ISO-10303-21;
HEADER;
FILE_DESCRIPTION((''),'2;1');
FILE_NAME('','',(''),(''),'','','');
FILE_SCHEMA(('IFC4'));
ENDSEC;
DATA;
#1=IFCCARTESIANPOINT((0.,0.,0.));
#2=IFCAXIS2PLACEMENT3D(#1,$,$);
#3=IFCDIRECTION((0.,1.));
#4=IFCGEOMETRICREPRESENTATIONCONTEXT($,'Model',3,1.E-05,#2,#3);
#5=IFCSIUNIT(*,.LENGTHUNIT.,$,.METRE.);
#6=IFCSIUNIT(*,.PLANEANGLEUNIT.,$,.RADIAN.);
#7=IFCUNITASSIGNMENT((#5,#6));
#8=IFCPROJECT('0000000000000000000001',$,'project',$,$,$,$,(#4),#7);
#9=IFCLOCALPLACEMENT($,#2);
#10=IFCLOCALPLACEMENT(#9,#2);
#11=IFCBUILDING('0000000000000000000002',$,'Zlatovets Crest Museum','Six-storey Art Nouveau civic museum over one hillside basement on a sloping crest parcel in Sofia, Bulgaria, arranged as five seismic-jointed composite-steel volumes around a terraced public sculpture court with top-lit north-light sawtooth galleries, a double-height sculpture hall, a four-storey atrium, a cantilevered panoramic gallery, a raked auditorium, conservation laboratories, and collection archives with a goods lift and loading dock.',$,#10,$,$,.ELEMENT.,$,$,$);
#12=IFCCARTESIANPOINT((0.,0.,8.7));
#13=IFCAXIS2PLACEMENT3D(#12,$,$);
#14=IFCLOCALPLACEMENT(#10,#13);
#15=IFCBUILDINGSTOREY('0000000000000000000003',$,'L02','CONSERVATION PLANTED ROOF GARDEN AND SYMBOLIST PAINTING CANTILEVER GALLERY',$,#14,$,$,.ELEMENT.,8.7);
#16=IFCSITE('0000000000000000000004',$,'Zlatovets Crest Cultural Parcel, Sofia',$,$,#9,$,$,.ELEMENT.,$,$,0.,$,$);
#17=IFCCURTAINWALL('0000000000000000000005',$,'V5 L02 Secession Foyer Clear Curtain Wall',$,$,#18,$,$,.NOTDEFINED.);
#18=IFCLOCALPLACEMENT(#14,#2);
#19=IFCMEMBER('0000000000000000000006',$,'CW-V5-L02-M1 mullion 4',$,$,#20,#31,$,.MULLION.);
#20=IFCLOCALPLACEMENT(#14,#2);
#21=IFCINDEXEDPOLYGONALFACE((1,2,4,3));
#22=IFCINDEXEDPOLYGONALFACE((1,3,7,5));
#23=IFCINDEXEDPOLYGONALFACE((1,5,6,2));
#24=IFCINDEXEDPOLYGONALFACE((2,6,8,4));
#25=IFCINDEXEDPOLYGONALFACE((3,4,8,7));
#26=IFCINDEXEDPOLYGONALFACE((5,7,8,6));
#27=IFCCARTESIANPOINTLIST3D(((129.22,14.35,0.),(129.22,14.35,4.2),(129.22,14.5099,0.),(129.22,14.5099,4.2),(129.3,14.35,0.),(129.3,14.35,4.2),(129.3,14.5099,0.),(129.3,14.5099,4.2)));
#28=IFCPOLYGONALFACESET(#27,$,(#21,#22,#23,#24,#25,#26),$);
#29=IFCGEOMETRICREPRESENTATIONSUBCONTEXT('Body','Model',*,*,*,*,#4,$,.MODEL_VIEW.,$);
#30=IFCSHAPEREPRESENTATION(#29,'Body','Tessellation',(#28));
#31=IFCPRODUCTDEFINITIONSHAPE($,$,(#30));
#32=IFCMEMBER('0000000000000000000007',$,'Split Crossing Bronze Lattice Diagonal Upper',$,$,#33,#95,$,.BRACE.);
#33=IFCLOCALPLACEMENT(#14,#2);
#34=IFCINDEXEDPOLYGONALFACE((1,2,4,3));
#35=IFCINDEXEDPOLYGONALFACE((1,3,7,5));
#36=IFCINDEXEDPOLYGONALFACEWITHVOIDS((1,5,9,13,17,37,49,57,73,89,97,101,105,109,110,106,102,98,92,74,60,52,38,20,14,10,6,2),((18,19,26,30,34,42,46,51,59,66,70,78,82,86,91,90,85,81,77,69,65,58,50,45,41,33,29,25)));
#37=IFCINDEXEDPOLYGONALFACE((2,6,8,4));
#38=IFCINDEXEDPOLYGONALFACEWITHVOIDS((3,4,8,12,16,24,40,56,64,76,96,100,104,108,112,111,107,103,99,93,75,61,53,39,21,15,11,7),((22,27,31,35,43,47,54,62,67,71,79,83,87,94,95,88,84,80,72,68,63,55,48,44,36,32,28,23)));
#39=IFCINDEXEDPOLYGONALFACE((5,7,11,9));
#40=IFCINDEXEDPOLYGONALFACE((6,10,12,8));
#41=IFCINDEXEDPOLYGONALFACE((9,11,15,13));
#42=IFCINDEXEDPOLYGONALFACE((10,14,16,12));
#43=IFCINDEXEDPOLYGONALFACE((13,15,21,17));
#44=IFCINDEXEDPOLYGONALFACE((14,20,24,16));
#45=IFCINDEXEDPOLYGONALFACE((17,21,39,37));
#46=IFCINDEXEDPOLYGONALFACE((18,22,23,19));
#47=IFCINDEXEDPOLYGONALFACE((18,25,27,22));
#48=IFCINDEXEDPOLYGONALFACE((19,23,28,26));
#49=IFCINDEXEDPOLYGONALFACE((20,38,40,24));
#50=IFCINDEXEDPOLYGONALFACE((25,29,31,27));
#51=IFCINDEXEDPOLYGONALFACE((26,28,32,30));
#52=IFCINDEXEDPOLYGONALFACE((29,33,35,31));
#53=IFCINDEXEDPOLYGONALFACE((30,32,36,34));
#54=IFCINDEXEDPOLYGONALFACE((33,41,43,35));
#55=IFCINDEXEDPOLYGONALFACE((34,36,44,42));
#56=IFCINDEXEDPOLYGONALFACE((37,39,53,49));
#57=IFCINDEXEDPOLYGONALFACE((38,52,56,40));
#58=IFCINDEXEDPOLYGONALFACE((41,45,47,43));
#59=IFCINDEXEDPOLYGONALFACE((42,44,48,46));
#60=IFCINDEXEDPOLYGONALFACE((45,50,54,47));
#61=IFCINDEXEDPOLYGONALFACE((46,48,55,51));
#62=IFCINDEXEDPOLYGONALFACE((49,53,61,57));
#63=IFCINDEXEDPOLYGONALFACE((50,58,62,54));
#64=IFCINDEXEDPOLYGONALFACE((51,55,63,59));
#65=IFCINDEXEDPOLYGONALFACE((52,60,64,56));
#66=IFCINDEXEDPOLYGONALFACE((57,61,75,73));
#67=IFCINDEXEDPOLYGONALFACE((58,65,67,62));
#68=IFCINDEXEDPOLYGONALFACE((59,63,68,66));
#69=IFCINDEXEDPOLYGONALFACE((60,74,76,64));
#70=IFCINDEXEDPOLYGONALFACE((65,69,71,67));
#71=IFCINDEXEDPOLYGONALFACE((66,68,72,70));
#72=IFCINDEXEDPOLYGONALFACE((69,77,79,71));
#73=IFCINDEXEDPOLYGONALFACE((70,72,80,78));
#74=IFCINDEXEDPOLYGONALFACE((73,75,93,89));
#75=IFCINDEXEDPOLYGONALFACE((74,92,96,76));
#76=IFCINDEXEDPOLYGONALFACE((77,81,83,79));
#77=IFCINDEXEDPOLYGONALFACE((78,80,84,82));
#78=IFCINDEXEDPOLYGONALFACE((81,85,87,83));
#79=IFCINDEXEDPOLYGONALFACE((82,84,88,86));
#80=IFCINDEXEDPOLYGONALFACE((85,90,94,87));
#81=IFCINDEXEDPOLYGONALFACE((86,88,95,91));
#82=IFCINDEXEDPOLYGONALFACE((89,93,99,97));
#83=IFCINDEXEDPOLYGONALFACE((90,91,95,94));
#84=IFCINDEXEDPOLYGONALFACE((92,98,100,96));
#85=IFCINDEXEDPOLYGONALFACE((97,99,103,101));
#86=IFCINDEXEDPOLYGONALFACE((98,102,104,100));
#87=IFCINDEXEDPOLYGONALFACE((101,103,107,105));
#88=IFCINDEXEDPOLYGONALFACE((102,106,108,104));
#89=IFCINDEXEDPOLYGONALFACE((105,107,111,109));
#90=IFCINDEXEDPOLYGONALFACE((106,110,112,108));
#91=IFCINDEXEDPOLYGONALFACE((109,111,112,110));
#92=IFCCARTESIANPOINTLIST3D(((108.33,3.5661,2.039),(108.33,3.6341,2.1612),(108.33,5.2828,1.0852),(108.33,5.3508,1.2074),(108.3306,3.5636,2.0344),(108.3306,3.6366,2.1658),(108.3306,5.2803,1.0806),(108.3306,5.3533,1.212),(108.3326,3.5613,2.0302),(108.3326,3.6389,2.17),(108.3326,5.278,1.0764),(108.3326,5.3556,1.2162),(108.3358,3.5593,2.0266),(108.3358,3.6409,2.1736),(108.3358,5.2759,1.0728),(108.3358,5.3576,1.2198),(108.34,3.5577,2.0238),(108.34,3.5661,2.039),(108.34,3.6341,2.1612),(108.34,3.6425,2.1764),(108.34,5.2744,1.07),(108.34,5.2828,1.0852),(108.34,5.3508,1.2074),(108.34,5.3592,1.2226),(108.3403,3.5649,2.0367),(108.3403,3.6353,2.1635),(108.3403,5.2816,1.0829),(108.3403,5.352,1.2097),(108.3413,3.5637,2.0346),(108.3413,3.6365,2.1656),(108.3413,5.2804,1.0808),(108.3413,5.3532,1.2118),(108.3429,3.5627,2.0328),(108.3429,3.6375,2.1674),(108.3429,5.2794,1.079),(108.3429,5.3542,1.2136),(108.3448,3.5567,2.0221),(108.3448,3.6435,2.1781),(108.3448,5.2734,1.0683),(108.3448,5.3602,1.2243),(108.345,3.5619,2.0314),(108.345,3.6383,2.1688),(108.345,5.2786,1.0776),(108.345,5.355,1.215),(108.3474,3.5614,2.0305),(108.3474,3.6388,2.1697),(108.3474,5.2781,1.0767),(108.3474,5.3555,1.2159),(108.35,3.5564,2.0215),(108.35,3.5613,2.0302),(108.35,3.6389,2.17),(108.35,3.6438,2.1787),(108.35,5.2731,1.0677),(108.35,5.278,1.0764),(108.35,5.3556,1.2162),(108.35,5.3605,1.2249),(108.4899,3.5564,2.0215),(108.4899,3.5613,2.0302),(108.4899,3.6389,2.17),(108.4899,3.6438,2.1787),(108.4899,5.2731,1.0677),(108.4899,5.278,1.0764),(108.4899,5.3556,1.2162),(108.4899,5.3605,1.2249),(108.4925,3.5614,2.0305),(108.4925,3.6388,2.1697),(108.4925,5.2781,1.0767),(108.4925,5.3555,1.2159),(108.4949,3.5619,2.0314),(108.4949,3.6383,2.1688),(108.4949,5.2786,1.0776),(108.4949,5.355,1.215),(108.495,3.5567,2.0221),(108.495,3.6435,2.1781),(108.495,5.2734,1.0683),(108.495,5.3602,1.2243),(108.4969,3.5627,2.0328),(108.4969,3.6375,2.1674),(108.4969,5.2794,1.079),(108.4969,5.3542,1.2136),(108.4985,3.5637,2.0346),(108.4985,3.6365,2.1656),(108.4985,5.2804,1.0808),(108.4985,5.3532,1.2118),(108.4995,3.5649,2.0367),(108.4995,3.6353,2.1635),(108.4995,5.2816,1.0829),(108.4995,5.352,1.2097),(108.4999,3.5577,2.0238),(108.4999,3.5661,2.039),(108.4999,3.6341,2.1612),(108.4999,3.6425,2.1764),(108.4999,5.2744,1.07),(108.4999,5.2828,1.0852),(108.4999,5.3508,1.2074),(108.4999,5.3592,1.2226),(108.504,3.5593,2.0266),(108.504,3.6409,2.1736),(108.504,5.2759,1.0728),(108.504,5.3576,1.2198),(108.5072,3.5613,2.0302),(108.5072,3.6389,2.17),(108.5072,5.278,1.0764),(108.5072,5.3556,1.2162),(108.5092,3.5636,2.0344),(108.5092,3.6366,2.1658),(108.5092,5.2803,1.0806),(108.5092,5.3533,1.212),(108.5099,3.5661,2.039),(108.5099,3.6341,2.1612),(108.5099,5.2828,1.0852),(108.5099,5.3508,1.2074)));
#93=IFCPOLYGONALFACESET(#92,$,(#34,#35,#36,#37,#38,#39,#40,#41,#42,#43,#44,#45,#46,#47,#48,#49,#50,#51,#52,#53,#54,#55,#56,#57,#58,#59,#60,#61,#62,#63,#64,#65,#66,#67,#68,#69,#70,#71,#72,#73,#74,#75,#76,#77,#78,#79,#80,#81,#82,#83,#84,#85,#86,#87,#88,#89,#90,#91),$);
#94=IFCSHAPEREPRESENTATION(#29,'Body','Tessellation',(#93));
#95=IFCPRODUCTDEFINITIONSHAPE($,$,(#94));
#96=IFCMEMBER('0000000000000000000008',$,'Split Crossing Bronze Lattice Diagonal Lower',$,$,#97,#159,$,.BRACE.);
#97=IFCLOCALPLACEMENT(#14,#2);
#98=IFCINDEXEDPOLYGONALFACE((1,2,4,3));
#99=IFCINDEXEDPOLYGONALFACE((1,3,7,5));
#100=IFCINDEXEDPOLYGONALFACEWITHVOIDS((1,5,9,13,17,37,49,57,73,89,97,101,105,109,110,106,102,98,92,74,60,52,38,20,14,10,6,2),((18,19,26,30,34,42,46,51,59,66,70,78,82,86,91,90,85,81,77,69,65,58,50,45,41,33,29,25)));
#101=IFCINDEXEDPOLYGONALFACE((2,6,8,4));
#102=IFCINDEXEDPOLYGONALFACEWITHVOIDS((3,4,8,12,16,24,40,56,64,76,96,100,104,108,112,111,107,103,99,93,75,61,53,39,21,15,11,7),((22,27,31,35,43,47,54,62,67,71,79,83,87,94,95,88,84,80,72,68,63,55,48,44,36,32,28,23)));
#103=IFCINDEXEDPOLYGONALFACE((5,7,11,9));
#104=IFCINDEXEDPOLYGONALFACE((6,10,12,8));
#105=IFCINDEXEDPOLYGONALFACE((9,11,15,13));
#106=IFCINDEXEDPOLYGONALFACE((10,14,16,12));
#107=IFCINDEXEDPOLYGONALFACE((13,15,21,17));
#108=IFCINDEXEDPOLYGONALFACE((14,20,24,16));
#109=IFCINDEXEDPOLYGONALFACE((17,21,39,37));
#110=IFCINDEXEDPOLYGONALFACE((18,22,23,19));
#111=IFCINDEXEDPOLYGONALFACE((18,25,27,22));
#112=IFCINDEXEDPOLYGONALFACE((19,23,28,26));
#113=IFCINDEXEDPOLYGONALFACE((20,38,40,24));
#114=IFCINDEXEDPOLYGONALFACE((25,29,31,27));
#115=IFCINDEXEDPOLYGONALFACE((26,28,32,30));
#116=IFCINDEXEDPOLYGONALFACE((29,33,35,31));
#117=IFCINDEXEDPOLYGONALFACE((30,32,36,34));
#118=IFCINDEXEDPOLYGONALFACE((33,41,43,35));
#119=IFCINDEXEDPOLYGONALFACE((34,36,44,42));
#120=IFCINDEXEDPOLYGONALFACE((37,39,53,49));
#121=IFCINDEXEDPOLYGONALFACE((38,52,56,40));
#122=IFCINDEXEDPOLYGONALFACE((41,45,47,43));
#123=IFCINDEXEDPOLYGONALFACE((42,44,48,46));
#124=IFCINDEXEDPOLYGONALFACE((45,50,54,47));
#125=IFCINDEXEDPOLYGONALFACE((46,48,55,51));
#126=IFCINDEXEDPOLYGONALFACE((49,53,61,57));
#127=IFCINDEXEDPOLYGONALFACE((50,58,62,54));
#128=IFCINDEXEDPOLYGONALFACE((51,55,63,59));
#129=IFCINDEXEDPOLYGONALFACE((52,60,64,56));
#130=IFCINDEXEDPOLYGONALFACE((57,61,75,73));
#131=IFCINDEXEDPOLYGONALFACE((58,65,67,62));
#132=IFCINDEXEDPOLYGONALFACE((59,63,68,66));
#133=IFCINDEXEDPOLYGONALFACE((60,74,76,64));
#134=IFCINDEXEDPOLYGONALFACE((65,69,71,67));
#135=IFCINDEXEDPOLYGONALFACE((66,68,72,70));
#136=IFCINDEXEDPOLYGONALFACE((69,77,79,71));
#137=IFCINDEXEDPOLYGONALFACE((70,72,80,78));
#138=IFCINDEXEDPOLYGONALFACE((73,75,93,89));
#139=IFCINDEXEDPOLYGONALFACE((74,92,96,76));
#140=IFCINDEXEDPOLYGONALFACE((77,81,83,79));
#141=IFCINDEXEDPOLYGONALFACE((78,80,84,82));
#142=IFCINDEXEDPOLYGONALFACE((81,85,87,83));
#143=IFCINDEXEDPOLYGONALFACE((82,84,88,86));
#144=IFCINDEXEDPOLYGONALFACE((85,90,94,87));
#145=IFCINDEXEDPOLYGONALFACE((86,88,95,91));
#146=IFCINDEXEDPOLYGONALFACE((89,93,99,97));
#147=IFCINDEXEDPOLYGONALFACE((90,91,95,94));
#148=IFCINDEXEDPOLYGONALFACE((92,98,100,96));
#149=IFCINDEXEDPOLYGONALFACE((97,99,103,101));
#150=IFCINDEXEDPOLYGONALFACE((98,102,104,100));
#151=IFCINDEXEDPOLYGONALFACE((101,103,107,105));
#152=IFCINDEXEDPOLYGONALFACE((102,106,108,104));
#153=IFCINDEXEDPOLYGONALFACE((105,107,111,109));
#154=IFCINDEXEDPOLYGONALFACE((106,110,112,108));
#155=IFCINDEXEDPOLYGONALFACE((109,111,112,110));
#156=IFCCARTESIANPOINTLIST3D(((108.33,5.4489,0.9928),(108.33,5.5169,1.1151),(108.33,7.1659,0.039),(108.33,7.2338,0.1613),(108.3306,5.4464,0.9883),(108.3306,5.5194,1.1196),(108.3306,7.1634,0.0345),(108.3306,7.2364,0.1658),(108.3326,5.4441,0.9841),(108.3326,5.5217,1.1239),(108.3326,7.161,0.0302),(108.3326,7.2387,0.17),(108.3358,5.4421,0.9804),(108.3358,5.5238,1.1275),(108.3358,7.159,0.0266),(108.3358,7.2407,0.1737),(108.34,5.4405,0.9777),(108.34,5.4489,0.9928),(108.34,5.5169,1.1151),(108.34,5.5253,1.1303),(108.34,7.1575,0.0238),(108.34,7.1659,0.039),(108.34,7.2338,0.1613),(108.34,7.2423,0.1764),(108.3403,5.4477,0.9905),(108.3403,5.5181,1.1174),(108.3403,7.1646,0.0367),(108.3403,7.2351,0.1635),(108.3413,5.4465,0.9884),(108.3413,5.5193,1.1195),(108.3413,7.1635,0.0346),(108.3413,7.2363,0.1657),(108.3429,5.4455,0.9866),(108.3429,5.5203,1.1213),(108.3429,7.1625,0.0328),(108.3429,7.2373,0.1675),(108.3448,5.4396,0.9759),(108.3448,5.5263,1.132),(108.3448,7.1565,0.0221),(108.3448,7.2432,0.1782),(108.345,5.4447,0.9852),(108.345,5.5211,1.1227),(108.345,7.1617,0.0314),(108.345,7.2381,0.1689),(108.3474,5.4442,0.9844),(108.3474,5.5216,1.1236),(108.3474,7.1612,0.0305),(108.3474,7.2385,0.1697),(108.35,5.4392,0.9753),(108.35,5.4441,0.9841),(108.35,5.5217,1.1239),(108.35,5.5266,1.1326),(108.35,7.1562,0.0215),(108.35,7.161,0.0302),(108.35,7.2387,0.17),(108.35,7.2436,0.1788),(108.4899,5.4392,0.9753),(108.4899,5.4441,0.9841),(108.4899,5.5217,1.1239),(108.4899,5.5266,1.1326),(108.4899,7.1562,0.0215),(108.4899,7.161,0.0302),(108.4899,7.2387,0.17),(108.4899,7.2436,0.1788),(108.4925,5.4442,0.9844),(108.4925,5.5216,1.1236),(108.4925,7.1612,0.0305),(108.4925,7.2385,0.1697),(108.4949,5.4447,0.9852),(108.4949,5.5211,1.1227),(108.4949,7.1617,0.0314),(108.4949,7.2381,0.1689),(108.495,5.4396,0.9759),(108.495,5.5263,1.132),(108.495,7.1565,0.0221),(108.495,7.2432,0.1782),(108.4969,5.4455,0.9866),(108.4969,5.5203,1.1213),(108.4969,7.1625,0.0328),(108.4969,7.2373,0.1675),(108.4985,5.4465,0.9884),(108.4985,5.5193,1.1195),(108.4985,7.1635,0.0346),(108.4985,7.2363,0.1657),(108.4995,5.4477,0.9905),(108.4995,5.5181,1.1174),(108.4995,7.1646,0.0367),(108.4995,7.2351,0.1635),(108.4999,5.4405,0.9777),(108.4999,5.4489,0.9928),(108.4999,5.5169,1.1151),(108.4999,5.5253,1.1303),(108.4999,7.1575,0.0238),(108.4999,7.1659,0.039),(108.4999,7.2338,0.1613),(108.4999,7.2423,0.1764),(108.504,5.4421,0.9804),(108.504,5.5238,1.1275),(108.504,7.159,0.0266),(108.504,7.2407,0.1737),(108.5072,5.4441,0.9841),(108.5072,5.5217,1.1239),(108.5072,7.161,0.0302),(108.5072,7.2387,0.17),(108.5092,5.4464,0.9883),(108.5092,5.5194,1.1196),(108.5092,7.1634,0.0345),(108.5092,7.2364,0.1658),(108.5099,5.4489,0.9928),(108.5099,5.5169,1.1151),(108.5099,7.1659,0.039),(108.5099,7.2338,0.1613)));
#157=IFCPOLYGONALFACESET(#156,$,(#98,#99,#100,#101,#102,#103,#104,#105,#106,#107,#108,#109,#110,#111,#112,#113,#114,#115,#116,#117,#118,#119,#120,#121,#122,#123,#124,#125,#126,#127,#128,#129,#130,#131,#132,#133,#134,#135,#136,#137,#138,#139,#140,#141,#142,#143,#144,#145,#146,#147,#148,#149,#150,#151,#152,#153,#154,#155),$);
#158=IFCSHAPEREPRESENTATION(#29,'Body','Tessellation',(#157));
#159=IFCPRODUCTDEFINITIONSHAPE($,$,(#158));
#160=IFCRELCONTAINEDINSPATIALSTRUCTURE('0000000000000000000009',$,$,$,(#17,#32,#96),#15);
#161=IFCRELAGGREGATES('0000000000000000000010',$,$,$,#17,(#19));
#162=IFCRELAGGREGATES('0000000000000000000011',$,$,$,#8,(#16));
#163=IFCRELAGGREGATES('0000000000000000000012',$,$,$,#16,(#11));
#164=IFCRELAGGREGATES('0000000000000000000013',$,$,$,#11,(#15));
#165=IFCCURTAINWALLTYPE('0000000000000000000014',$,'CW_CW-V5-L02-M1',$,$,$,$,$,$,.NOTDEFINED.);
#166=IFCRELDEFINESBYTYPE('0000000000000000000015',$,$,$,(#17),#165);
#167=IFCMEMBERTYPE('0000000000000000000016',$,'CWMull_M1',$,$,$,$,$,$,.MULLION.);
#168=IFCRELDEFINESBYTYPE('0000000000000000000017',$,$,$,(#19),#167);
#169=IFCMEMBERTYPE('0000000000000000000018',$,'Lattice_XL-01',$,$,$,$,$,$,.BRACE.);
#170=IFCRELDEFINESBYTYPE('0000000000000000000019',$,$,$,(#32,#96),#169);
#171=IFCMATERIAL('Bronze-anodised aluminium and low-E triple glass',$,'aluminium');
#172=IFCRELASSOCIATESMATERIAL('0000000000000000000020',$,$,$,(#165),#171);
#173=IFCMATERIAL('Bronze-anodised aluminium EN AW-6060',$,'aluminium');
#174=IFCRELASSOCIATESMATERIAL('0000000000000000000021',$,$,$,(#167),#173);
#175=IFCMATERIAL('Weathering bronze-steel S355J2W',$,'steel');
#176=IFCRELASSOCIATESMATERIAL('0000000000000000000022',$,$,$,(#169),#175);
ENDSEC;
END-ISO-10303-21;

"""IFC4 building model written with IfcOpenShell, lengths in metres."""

from ifc_helpers import new_model, si_unit, direction, frame, origin, origin_2d, place, context, subcontext, project, spatial, rectangle, hollow_rectangle, extrude, material, material_profile, profile_set, type_object, element, aggregate, save


model = new_model("IFC4")

# Units and contexts
model_context = context("Model", 3, precision=1e-05, world=origin(), true_north=direction((0.0, 1.0)))
body_context = subcontext(model_context, "Body", "Model", "MODEL_VIEW")
ifc_project = project(units=[si_unit("LENGTHUNIT", "METRE"), si_unit("PLANEANGLEUNIT", "RADIAN")], contexts=[model_context])

# Site, building, storey
site_placement = place(None, origin())
site = spatial("IfcSite", under=ifc_project, at=site_placement, Name="Zlatovets Crest Cultural Parcel, Sofia", CompositionType="ELEMENT", RefElevation=0.0)
building_placement = place(site_placement, origin())
building = spatial("IfcBuilding", under=site, at=building_placement, Name="Zlatovets Crest Museum", Description="Six-storey Art Nouveau civic museum over one hillside basement on a sloping crest parcel in Sofia, Bulgaria, arranged as five seismic-jointed composite-steel volumes around a terraced public sculpture court with top-lit north-light sawtooth galleries, a double-height sculpture hall, a four-storey atrium, a cantilevered panoramic gallery, a raked auditorium, conservation laboratories, and collection archives with a goods lift and loading dock.", CompositionType="ELEMENT")
storey_placement = place(building_placement, frame((0.0, 0.0, 8.7)))
storey = spatial("IfcBuildingStorey", under=building, at=storey_placement, Name="L02", Description="CONSERVATION PLANTED ROOF GARDEN AND SYMBOLIST PAINTING CANTILEVER GALLERY", CompositionType="ELEMENT", Elevation=8.7)

# Curtain wall, member
ifc_material_1 = material(Name="Bronze-anodised aluminium and low-E triple glass", Category="aluminium")
curtain_wall_type = type_object("IfcCurtainWallType", Name="CW_CW-V5-L02-M1", PredefinedType="NOTDEFINED", material=ifc_material_1)
curtain_wall_placement = place(storey_placement, origin())
curtain_wall = element("IfcCurtainWall", 1, at=curtain_wall_placement, inside=storey, type_object=curtain_wall_type, Name="V5 L02 Secession Foyer Clear Curtain Wall", PredefinedType="NOTDEFINED")
ifc_material_2 = material(Name="Bronze-anodised aluminium EN AW-6060", Category="aluminium")
ifc_material_profile_1 = material_profile(ifc_material_2, rectangle(XDim=0.0801, YDim=0.1599, at=origin_2d()), Name="ALU 80x160")
ifc_profile_set_1 = profile_set([ifc_material_profile_1], Name="Bronze-anodised aluminium EN AW-6060")
member_type_1 = type_object("IfcMemberType", Name="CWMull_M1", PredefinedType="MULLION", material=ifc_profile_set_1)
member_1_placement = place(storey_placement, frame((129.26, 14.4299, 0.0), z_axis=(0.0, 0.0, 1.0), x_axis=(1.0, 0.0, 0.0)))
member_1 = element("IfcMember", 2, at=member_1_placement, type_object=member_type_1, Name="CW-V5-L02-M1 mullion 4", PredefinedType="MULLION", context=body_context, shape_type="SweptSolid", body=[
    extrude(rectangle(XDim=0.0801, YDim=0.1599, at=origin_2d()), origin(), (0.0, 0.0, 1.0), 4.2),
])
aggregate(curtain_wall, [member_1])

# Members
ifc_material_3 = material(Name="Weathering bronze-steel S355J2W", Category="steel")
ifc_material_profile_2 = material_profile(ifc_material_3, hollow_rectangle(XDim=0.1799, YDim=0.1799, WallThickness=0.01, InnerFilletRadius=0.01, OuterFilletRadius=0.02, at=origin_2d()), Name="SHS 180x180x10.0")
ifc_profile_set_2 = profile_set([ifc_material_profile_2], Name="Weathering bronze-steel S355J2W")
member_type_2 = type_object("IfcMemberType", Name="Lattice_XL-01", PredefinedType="BRACE", material=ifc_profile_set_2)
member_2_placement = place(storey_placement, frame((108.4199, 3.6001, 2.1001), z_axis=(0.0, 0.87414, -0.485675), x_axis=(-1.0, 0.0, 0.0)))
element("IfcMember", 3, at=member_2_placement, inside=storey, type_object=member_type_2, Name="Split Crossing Bronze Lattice Diagonal Upper", PredefinedType="BRACE", context=body_context, shape_type="SweptSolid", body=[
    extrude(hollow_rectangle(XDim=0.1799, YDim=0.1799, WallThickness=0.01, InnerFilletRadius=0.01, OuterFilletRadius=0.02, at=origin_2d()), origin(), (0.0, 0.0, 1.0), 1.9639),
])
member_3_placement = place(storey_placement, frame((108.4199, 5.4829, 1.054), z_axis=(0.0, 0.874169, -0.485622), x_axis=(-1.0, 0.0, 0.0)))
element("IfcMember", 4, at=member_3_placement, inside=storey, type_object=member_type_2, Name="Split Crossing Bronze Lattice Diagonal Lower", PredefinedType="BRACE", context=body_context, shape_type="SweptSolid", body=[
    extrude(hollow_rectangle(XDim=0.1799, YDim=0.1799, WallThickness=0.01, InnerFilletRadius=0.01, OuterFilletRadius=0.02, at=origin_2d()), origin(), (0.0, 0.0, 1.0), 1.9641),
])

save(model, "model.ifc")
